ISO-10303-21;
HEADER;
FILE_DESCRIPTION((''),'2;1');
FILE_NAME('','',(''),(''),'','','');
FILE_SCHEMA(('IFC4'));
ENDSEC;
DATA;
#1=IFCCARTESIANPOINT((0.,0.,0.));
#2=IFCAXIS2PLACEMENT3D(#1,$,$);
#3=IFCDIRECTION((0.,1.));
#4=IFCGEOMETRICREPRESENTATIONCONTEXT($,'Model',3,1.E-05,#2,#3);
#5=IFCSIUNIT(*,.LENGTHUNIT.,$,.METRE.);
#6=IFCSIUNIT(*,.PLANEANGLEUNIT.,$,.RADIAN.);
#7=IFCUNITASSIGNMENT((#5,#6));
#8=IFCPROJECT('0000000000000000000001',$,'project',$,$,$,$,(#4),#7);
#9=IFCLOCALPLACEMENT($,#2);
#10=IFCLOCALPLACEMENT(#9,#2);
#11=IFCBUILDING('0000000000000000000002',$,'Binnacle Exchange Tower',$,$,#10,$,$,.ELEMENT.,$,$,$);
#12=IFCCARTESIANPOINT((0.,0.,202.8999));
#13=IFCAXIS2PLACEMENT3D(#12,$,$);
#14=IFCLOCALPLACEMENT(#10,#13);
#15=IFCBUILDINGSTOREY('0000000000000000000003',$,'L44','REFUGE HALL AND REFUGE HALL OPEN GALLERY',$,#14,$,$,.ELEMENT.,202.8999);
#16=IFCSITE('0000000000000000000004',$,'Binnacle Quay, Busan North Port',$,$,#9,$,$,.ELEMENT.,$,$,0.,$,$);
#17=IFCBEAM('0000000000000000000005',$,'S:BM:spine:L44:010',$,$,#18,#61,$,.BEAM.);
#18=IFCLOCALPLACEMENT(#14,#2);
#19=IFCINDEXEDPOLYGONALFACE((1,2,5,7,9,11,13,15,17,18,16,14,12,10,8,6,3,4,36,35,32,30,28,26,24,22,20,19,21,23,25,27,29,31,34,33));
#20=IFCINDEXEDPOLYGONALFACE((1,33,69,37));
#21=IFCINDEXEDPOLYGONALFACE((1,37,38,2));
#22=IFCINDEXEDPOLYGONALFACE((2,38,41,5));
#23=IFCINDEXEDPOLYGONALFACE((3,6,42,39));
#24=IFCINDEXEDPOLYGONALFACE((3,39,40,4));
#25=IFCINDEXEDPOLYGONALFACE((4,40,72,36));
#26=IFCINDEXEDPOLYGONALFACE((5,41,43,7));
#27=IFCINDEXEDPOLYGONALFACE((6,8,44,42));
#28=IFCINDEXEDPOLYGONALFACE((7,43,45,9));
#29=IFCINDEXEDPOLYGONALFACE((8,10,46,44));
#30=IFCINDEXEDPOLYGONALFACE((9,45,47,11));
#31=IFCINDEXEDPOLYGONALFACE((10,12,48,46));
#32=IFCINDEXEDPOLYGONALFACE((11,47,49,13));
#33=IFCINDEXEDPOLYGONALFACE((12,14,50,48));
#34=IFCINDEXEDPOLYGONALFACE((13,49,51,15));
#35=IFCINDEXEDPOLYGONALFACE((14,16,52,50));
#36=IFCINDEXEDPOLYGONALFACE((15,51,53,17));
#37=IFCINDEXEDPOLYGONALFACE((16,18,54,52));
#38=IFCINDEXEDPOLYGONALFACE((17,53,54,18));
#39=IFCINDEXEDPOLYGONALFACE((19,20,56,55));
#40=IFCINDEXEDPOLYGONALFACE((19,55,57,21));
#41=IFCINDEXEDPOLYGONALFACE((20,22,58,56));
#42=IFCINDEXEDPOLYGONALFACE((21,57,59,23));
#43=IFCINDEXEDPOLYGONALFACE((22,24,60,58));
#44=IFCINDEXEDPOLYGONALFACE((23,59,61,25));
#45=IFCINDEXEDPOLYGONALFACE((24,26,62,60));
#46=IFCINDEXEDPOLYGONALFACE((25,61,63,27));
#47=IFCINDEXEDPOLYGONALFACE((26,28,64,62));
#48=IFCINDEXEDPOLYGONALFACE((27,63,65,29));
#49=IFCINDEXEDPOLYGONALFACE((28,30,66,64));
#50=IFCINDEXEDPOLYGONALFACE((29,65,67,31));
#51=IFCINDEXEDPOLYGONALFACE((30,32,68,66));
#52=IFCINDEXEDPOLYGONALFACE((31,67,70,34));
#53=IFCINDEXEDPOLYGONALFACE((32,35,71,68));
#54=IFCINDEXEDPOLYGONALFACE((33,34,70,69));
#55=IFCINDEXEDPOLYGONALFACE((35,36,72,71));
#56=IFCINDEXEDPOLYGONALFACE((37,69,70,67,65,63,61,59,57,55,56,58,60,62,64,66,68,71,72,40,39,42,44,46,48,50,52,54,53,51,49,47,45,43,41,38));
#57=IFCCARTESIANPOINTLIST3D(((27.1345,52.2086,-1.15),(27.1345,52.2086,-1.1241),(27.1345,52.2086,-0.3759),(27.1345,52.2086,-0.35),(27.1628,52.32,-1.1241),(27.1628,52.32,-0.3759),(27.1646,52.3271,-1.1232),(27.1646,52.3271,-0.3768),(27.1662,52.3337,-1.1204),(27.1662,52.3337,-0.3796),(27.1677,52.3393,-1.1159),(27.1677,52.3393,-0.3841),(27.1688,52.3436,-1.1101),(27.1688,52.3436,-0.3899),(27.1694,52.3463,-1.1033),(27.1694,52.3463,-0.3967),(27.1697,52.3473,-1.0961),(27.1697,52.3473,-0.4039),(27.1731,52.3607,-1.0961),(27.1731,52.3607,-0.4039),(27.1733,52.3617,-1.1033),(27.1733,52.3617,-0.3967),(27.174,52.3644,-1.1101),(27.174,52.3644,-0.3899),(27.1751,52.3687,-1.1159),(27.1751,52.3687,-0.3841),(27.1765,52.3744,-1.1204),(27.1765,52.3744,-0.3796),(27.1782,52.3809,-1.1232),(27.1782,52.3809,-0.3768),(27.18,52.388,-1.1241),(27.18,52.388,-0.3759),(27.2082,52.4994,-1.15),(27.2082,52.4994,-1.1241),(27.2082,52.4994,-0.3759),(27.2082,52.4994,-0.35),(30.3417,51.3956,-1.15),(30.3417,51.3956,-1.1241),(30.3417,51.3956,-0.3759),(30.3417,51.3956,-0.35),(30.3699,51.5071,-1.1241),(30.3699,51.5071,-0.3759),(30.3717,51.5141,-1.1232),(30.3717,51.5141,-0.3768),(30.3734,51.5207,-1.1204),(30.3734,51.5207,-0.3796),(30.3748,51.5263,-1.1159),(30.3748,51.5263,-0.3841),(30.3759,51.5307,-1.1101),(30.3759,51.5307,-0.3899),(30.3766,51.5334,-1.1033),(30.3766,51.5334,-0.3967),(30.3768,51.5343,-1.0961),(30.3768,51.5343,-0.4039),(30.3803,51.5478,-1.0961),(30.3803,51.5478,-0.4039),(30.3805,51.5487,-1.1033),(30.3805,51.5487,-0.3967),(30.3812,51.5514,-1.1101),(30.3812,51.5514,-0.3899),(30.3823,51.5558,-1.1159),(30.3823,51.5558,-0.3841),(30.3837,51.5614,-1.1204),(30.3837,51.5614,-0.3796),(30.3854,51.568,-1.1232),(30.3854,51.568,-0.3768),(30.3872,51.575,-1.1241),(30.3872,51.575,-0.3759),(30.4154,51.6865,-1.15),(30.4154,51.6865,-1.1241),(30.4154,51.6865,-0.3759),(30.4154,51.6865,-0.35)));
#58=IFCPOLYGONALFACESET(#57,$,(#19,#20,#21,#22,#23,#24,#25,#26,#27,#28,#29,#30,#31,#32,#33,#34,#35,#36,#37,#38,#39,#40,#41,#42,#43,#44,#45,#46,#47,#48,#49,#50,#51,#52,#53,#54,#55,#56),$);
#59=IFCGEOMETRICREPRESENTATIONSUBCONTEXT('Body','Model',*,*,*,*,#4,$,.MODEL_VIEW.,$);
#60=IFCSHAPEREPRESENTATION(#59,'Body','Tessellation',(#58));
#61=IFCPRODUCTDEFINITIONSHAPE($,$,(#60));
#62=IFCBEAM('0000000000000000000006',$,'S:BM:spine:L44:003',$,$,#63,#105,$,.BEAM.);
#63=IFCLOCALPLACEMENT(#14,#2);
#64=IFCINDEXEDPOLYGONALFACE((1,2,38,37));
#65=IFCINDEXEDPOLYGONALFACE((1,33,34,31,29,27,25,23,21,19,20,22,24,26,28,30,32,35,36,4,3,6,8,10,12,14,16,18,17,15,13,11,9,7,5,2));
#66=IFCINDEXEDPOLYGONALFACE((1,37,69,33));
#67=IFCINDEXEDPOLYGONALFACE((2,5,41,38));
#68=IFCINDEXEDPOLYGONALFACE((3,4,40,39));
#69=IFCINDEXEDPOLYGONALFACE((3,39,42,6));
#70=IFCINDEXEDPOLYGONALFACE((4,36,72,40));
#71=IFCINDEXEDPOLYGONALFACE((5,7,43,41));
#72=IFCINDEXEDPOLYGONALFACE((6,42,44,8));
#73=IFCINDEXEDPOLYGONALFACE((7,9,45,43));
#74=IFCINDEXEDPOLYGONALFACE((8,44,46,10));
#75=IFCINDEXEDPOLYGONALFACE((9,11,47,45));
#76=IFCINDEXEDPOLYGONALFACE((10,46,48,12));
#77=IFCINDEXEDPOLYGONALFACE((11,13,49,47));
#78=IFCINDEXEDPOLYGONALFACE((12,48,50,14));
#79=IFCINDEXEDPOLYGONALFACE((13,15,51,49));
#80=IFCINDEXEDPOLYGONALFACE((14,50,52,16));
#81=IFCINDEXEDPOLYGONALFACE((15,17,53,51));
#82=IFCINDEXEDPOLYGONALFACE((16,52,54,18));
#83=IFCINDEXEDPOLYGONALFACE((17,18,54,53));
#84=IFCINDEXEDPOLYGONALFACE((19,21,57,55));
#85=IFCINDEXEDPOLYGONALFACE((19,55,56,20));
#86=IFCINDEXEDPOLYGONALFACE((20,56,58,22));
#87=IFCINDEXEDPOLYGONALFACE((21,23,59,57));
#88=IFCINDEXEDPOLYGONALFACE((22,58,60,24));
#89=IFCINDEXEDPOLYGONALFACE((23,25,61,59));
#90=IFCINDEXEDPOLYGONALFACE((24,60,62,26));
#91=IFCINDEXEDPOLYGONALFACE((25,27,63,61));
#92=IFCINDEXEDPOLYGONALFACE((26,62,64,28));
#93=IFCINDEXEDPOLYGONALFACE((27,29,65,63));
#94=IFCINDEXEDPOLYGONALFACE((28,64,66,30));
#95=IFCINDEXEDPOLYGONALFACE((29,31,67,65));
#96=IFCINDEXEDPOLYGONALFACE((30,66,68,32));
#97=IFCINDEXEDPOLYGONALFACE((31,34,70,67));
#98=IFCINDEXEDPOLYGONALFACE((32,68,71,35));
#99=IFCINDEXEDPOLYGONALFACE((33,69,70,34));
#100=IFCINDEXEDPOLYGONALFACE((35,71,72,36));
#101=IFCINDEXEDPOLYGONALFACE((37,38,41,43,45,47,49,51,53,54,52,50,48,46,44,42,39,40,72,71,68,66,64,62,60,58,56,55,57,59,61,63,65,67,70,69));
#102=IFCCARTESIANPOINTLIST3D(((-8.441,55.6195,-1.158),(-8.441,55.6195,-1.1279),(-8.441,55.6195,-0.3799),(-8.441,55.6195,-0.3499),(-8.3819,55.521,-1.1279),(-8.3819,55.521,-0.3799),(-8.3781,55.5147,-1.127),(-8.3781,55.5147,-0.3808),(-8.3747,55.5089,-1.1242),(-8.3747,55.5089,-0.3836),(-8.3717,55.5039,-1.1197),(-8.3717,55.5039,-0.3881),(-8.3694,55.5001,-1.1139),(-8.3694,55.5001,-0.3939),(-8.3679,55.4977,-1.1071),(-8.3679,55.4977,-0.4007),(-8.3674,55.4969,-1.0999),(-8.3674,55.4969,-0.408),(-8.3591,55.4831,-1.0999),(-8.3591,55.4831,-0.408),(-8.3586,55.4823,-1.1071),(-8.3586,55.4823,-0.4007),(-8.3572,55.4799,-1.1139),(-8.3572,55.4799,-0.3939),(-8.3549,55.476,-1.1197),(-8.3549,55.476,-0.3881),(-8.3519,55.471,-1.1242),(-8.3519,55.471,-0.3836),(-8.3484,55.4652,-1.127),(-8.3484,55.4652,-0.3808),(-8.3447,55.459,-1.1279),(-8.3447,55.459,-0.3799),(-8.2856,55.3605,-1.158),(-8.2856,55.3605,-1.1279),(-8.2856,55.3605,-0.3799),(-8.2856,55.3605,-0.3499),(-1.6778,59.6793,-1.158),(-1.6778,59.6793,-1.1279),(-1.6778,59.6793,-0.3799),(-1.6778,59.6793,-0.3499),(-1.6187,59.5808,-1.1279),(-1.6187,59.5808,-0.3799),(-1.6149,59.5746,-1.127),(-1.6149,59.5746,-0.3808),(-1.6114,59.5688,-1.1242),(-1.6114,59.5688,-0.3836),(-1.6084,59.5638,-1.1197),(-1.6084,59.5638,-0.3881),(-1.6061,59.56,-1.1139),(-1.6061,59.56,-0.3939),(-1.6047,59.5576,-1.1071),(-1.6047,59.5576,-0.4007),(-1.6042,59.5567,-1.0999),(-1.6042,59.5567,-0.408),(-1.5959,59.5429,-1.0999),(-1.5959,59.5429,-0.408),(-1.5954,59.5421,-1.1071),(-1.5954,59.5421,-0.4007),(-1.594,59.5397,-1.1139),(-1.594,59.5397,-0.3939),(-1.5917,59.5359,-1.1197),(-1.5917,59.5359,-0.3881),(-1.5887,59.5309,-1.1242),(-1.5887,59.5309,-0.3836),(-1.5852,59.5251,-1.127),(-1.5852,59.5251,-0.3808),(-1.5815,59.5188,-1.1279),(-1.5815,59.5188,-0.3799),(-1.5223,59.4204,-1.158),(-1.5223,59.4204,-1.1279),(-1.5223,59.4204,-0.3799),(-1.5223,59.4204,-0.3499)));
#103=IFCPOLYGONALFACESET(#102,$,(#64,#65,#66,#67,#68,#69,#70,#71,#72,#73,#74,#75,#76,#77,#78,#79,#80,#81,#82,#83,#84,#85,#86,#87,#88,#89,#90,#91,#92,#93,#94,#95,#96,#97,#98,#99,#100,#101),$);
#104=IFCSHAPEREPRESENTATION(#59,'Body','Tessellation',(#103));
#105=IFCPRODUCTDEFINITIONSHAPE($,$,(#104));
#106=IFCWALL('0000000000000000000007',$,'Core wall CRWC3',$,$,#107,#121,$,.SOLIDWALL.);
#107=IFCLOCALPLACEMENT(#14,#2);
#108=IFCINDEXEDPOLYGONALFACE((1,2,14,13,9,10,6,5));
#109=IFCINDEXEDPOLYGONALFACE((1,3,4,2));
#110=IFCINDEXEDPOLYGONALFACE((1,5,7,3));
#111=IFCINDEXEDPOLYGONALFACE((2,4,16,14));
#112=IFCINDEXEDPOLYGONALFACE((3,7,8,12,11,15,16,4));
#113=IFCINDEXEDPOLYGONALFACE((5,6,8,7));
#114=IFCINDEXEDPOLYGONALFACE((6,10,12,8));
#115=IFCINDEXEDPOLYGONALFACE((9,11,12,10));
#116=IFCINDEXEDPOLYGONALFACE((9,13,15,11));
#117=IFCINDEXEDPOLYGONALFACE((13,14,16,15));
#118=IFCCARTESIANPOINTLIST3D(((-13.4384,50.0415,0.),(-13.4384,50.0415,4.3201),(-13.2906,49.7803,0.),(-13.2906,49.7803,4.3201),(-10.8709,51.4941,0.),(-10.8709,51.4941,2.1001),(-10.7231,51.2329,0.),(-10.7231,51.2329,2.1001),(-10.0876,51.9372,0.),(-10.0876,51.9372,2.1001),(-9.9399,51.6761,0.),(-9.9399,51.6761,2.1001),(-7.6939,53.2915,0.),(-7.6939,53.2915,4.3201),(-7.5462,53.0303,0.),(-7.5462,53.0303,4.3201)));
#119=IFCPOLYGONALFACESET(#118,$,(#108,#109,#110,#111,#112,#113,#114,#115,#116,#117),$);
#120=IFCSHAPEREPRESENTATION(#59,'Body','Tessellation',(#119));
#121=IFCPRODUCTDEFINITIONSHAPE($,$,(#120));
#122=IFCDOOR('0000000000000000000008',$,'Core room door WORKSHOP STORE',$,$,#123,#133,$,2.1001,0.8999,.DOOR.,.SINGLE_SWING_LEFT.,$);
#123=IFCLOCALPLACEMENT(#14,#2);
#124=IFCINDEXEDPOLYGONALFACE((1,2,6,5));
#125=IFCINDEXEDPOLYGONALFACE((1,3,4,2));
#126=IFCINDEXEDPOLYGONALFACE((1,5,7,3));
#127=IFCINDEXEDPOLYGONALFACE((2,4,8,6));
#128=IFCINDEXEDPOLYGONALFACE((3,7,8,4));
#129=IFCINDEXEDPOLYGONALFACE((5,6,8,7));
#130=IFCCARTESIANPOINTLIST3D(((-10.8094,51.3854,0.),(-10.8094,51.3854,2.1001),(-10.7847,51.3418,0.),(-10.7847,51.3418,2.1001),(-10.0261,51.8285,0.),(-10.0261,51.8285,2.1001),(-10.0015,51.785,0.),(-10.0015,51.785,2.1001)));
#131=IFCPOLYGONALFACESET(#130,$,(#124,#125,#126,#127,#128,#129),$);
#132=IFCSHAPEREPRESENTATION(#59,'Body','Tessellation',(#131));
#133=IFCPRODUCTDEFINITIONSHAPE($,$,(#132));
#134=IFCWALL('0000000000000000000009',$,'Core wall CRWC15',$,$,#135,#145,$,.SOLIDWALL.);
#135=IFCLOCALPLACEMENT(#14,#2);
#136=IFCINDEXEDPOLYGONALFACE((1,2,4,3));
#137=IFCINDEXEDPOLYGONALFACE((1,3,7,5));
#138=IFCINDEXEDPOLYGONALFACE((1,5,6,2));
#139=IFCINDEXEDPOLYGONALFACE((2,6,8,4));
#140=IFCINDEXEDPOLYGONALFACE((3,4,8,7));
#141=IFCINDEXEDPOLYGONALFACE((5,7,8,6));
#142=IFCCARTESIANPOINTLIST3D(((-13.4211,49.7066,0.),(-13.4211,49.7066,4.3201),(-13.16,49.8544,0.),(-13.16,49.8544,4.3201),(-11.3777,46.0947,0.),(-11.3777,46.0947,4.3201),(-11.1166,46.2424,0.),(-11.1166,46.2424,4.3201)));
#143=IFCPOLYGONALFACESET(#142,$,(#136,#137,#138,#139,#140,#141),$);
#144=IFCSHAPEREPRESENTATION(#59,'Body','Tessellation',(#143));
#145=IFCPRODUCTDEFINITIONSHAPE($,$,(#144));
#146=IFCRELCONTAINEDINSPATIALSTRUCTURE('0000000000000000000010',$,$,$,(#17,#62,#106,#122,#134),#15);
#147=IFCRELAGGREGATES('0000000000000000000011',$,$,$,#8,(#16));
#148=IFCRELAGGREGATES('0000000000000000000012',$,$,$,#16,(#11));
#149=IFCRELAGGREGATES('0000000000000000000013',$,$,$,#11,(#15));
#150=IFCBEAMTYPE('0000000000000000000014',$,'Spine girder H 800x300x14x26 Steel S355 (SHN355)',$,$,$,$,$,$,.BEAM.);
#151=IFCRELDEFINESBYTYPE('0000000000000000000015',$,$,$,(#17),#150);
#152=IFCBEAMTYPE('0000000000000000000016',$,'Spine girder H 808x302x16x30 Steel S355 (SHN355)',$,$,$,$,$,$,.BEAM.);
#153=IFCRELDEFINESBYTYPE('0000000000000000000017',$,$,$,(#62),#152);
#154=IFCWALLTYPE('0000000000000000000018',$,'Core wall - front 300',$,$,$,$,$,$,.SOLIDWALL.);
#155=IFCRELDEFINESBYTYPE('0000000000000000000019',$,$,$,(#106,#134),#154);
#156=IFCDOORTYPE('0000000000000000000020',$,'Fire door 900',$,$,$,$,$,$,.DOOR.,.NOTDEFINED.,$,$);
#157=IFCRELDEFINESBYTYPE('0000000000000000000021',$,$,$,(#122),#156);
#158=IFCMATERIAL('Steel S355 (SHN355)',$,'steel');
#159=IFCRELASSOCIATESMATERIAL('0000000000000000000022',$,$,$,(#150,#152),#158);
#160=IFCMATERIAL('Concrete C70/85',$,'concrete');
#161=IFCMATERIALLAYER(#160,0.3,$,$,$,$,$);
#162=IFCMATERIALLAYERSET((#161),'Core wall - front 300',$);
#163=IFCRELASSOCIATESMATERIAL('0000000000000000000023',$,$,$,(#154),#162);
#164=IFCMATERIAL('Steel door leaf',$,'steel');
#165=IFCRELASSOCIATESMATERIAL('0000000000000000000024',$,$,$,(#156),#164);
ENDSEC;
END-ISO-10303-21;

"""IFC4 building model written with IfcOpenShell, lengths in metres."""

from ifc_helpers import new_model, si_unit, direction, frame, frame_2d, origin, origin_2d, place, context, subcontext, project, spatial, rectangle, i_section, extrude, material, layer, layer_set, material_profile, profile_set, type_object, element, fill, save


model = new_model("IFC4")

# Units and contexts
model_context = context("Model", 3, precision=1e-05, world=origin(), true_north=direction((0.0, 1.0)))
body_context = subcontext(model_context, "Body", "Model", "MODEL_VIEW")
ifc_project = project(units=[si_unit("LENGTHUNIT", "METRE"), si_unit("PLANEANGLEUNIT", "RADIAN")], contexts=[model_context])

# Site, building, storey
site_placement = place(None, origin())
site = spatial("IfcSite", under=ifc_project, at=site_placement, Name="Binnacle Quay, Busan North Port", CompositionType="ELEMENT", RefElevation=0.0)
building_placement = place(site_placement, origin())
building = spatial("IfcBuilding", under=site, at=building_placement, Name="Binnacle Exchange Tower", CompositionType="ELEMENT")
storey_placement = place(building_placement, frame((0.0, 0.0, 202.8999)))
storey = spatial("IfcBuildingStorey", under=building, at=storey_placement, Name="L44", Description="REFUGE HALL AND REFUGE HALL OPEN GALLERY", CompositionType="ELEMENT", Elevation=202.8999)

# Shared definitions
ifc_material_1 = material(Name="Concrete C70/85", Category="concrete")

# Beams
ifc_material_2 = material(Name="Steel S355 (SHN355)", Category="steel")
ifc_material_profile_1 = material_profile(ifc_material_2, i_section(OverallWidth=0.3, OverallDepth=0.8, WebThickness=0.0139, FlangeThickness=0.0259, FilletRadius=0.0281, at=origin_2d()), Name="H 800x300x14x26")
ifc_profile_set_1 = profile_set([ifc_material_profile_1], Name="Steel S355 (SHN355)")
beam_type_1 = type_object("IfcBeamType", Name="Spine girder H 800x300x14x26 Steel S355 (SHN355)", PredefinedType="BEAM", material=ifc_profile_set_1)
beam_1_placement = place(storey_placement, frame((27.1714, 52.354, -0.75), z_axis=(0.969343, -0.245712, 0.0), x_axis=(0.245712, 0.969343, 0.0)))
element("IfcBeam", 1, at=beam_1_placement, inside=storey, type_object=beam_type_1, Name="S:BM:spine:L44:010", PredefinedType="BEAM", context=body_context, shape_type="SweptSolid", body=[
    extrude(i_section(OverallWidth=0.3, OverallDepth=0.8, WebThickness=0.0139, FlangeThickness=0.0259, FilletRadius=0.0281, at=origin_2d()), origin(), (0.0, 0.0, 1.0), 3.3086),
])
ifc_material_profile_2 = material_profile(ifc_material_2, i_section(OverallWidth=0.302, OverallDepth=0.8081, WebThickness=0.0161, FlangeThickness=0.03, FilletRadius=0.0281, at=origin_2d()), Name="H 808x302x16x30")
ifc_profile_set_2 = profile_set([ifc_material_profile_2], Name="Steel S355 (SHN355)")
beam_type_2 = type_object("IfcBeamType", Name="Spine girder H 808x302x16x30 Steel S355 (SHN355)", PredefinedType="BEAM", material=ifc_profile_set_2)
beam_2_placement = place(storey_placement, frame((-8.3633, 55.49, -0.7539), z_axis=(0.857386, 0.514673, 0.0), x_axis=(-0.514673, 0.857386, 0.0)))
element("IfcBeam", 2, at=beam_2_placement, inside=storey, type_object=beam_type_2, Name="S:BM:spine:L44:003", PredefinedType="BEAM", context=body_context, shape_type="SweptSolid", body=[
    extrude(i_section(OverallWidth=0.302, OverallDepth=0.8081, WebThickness=0.0161, FlangeThickness=0.03, FilletRadius=0.0281, at=origin_2d()), origin(), (0.0, 0.0, 1.0), 7.8882),
])

# Wall, opening, door
ifc_layer_1 = layer(ifc_material_1, 0.3)
ifc_layer_set_1 = layer_set([ifc_layer_1], Name="Core wall - front 300")
wall_type_1 = type_object("IfcWallType", Name="Core wall - front 300", PredefinedType="SOLIDWALL", material=ifc_layer_set_1)
wall_1_placement = place(storey_placement, frame((-13.3645, 49.9109, 0.0), z_axis=(0.0, 0.0, 1.0), x_axis=(0.870357, 0.492422, 0.0)))
wall_1 = element("IfcWall", 3, at=wall_1_placement, inside=storey, type_object=wall_type_1, Name="Core wall CRWC3", PredefinedType="SOLIDWALL", context=body_context, shape_type="SweptSolid", body=[
    extrude(rectangle(XDim=6.6001, YDim=0.3, at=frame_2d((3.3, 0.0))), origin(), (0.0, 0.0, 1.0), 4.3201),
])
opening_1_placement = place(wall_1_placement, frame((2.95, 0.0, 0.0)))
opening_1 = element("IfcOpeningElement", 4, at=opening_1_placement, cuts=wall_1, PredefinedType="OPENING", context=body_context, shape_type="SweptSolid", body=[
    extrude(rectangle(XDim=0.8999, YDim=2.1001, at=frame_2d((0.45, 1.05))), frame((0.0, 0.1599, 0.0), z_axis=(0.0, -1.0, 0.0), x_axis=(1.0, 0.0, 0.0)), (0.0, 0.0, 1.0), 0.3201),
])
ifc_material_3 = material(Name="Steel door leaf", Category="steel")
door_type_1 = type_object("IfcDoorType", Name="Fire door 900", OperationType="NOTDEFINED", PredefinedType="DOOR", material=ifc_material_3)
door_1_placement = place(opening_1_placement, frame((0.8999, 0.0, 0.0), z_axis=(0.0, 0.0, 1.0), x_axis=(-1.0, 0.0, 0.0)))
door_1 = element("IfcDoor", 5, at=door_1_placement, inside=storey, type_object=door_type_1, Name="Core room door WORKSHOP STORE", OperationType="SINGLE_SWING_LEFT", OverallHeight=2.1001, OverallWidth=0.8999, PredefinedType="DOOR", context=body_context, shape_type="SweptSolid", body=[
    extrude(rectangle(XDim=0.8999, YDim=2.1001, at=frame_2d((0.45, 1.05))), frame((0.0, 0.0249, 0.0), z_axis=(0.0, -1.0, 0.0), x_axis=(1.0, 0.0, 0.0)), (0.0, 0.0, 1.0), 0.05),
])
fill(opening_1, door_1)

# Wall
wall_2_placement = place(storey_placement, frame((-13.2905, 49.7805, 0.0), z_axis=(0.0, 0.0, 1.0), x_axis=(0.492396, -0.870371, 0.0)))
element("IfcWall", 6, at=wall_2_placement, inside=storey, type_object=wall_type_1, Name="Core wall CRWC15", PredefinedType="SOLIDWALL", context=body_context, shape_type="SweptSolid", body=[
    extrude(rectangle(XDim=4.1499, YDim=0.3, at=frame_2d((2.075, 0.0))), origin(), (0.0, 0.0, 1.0), 4.3201),
])

save(model, "model.ifc")
